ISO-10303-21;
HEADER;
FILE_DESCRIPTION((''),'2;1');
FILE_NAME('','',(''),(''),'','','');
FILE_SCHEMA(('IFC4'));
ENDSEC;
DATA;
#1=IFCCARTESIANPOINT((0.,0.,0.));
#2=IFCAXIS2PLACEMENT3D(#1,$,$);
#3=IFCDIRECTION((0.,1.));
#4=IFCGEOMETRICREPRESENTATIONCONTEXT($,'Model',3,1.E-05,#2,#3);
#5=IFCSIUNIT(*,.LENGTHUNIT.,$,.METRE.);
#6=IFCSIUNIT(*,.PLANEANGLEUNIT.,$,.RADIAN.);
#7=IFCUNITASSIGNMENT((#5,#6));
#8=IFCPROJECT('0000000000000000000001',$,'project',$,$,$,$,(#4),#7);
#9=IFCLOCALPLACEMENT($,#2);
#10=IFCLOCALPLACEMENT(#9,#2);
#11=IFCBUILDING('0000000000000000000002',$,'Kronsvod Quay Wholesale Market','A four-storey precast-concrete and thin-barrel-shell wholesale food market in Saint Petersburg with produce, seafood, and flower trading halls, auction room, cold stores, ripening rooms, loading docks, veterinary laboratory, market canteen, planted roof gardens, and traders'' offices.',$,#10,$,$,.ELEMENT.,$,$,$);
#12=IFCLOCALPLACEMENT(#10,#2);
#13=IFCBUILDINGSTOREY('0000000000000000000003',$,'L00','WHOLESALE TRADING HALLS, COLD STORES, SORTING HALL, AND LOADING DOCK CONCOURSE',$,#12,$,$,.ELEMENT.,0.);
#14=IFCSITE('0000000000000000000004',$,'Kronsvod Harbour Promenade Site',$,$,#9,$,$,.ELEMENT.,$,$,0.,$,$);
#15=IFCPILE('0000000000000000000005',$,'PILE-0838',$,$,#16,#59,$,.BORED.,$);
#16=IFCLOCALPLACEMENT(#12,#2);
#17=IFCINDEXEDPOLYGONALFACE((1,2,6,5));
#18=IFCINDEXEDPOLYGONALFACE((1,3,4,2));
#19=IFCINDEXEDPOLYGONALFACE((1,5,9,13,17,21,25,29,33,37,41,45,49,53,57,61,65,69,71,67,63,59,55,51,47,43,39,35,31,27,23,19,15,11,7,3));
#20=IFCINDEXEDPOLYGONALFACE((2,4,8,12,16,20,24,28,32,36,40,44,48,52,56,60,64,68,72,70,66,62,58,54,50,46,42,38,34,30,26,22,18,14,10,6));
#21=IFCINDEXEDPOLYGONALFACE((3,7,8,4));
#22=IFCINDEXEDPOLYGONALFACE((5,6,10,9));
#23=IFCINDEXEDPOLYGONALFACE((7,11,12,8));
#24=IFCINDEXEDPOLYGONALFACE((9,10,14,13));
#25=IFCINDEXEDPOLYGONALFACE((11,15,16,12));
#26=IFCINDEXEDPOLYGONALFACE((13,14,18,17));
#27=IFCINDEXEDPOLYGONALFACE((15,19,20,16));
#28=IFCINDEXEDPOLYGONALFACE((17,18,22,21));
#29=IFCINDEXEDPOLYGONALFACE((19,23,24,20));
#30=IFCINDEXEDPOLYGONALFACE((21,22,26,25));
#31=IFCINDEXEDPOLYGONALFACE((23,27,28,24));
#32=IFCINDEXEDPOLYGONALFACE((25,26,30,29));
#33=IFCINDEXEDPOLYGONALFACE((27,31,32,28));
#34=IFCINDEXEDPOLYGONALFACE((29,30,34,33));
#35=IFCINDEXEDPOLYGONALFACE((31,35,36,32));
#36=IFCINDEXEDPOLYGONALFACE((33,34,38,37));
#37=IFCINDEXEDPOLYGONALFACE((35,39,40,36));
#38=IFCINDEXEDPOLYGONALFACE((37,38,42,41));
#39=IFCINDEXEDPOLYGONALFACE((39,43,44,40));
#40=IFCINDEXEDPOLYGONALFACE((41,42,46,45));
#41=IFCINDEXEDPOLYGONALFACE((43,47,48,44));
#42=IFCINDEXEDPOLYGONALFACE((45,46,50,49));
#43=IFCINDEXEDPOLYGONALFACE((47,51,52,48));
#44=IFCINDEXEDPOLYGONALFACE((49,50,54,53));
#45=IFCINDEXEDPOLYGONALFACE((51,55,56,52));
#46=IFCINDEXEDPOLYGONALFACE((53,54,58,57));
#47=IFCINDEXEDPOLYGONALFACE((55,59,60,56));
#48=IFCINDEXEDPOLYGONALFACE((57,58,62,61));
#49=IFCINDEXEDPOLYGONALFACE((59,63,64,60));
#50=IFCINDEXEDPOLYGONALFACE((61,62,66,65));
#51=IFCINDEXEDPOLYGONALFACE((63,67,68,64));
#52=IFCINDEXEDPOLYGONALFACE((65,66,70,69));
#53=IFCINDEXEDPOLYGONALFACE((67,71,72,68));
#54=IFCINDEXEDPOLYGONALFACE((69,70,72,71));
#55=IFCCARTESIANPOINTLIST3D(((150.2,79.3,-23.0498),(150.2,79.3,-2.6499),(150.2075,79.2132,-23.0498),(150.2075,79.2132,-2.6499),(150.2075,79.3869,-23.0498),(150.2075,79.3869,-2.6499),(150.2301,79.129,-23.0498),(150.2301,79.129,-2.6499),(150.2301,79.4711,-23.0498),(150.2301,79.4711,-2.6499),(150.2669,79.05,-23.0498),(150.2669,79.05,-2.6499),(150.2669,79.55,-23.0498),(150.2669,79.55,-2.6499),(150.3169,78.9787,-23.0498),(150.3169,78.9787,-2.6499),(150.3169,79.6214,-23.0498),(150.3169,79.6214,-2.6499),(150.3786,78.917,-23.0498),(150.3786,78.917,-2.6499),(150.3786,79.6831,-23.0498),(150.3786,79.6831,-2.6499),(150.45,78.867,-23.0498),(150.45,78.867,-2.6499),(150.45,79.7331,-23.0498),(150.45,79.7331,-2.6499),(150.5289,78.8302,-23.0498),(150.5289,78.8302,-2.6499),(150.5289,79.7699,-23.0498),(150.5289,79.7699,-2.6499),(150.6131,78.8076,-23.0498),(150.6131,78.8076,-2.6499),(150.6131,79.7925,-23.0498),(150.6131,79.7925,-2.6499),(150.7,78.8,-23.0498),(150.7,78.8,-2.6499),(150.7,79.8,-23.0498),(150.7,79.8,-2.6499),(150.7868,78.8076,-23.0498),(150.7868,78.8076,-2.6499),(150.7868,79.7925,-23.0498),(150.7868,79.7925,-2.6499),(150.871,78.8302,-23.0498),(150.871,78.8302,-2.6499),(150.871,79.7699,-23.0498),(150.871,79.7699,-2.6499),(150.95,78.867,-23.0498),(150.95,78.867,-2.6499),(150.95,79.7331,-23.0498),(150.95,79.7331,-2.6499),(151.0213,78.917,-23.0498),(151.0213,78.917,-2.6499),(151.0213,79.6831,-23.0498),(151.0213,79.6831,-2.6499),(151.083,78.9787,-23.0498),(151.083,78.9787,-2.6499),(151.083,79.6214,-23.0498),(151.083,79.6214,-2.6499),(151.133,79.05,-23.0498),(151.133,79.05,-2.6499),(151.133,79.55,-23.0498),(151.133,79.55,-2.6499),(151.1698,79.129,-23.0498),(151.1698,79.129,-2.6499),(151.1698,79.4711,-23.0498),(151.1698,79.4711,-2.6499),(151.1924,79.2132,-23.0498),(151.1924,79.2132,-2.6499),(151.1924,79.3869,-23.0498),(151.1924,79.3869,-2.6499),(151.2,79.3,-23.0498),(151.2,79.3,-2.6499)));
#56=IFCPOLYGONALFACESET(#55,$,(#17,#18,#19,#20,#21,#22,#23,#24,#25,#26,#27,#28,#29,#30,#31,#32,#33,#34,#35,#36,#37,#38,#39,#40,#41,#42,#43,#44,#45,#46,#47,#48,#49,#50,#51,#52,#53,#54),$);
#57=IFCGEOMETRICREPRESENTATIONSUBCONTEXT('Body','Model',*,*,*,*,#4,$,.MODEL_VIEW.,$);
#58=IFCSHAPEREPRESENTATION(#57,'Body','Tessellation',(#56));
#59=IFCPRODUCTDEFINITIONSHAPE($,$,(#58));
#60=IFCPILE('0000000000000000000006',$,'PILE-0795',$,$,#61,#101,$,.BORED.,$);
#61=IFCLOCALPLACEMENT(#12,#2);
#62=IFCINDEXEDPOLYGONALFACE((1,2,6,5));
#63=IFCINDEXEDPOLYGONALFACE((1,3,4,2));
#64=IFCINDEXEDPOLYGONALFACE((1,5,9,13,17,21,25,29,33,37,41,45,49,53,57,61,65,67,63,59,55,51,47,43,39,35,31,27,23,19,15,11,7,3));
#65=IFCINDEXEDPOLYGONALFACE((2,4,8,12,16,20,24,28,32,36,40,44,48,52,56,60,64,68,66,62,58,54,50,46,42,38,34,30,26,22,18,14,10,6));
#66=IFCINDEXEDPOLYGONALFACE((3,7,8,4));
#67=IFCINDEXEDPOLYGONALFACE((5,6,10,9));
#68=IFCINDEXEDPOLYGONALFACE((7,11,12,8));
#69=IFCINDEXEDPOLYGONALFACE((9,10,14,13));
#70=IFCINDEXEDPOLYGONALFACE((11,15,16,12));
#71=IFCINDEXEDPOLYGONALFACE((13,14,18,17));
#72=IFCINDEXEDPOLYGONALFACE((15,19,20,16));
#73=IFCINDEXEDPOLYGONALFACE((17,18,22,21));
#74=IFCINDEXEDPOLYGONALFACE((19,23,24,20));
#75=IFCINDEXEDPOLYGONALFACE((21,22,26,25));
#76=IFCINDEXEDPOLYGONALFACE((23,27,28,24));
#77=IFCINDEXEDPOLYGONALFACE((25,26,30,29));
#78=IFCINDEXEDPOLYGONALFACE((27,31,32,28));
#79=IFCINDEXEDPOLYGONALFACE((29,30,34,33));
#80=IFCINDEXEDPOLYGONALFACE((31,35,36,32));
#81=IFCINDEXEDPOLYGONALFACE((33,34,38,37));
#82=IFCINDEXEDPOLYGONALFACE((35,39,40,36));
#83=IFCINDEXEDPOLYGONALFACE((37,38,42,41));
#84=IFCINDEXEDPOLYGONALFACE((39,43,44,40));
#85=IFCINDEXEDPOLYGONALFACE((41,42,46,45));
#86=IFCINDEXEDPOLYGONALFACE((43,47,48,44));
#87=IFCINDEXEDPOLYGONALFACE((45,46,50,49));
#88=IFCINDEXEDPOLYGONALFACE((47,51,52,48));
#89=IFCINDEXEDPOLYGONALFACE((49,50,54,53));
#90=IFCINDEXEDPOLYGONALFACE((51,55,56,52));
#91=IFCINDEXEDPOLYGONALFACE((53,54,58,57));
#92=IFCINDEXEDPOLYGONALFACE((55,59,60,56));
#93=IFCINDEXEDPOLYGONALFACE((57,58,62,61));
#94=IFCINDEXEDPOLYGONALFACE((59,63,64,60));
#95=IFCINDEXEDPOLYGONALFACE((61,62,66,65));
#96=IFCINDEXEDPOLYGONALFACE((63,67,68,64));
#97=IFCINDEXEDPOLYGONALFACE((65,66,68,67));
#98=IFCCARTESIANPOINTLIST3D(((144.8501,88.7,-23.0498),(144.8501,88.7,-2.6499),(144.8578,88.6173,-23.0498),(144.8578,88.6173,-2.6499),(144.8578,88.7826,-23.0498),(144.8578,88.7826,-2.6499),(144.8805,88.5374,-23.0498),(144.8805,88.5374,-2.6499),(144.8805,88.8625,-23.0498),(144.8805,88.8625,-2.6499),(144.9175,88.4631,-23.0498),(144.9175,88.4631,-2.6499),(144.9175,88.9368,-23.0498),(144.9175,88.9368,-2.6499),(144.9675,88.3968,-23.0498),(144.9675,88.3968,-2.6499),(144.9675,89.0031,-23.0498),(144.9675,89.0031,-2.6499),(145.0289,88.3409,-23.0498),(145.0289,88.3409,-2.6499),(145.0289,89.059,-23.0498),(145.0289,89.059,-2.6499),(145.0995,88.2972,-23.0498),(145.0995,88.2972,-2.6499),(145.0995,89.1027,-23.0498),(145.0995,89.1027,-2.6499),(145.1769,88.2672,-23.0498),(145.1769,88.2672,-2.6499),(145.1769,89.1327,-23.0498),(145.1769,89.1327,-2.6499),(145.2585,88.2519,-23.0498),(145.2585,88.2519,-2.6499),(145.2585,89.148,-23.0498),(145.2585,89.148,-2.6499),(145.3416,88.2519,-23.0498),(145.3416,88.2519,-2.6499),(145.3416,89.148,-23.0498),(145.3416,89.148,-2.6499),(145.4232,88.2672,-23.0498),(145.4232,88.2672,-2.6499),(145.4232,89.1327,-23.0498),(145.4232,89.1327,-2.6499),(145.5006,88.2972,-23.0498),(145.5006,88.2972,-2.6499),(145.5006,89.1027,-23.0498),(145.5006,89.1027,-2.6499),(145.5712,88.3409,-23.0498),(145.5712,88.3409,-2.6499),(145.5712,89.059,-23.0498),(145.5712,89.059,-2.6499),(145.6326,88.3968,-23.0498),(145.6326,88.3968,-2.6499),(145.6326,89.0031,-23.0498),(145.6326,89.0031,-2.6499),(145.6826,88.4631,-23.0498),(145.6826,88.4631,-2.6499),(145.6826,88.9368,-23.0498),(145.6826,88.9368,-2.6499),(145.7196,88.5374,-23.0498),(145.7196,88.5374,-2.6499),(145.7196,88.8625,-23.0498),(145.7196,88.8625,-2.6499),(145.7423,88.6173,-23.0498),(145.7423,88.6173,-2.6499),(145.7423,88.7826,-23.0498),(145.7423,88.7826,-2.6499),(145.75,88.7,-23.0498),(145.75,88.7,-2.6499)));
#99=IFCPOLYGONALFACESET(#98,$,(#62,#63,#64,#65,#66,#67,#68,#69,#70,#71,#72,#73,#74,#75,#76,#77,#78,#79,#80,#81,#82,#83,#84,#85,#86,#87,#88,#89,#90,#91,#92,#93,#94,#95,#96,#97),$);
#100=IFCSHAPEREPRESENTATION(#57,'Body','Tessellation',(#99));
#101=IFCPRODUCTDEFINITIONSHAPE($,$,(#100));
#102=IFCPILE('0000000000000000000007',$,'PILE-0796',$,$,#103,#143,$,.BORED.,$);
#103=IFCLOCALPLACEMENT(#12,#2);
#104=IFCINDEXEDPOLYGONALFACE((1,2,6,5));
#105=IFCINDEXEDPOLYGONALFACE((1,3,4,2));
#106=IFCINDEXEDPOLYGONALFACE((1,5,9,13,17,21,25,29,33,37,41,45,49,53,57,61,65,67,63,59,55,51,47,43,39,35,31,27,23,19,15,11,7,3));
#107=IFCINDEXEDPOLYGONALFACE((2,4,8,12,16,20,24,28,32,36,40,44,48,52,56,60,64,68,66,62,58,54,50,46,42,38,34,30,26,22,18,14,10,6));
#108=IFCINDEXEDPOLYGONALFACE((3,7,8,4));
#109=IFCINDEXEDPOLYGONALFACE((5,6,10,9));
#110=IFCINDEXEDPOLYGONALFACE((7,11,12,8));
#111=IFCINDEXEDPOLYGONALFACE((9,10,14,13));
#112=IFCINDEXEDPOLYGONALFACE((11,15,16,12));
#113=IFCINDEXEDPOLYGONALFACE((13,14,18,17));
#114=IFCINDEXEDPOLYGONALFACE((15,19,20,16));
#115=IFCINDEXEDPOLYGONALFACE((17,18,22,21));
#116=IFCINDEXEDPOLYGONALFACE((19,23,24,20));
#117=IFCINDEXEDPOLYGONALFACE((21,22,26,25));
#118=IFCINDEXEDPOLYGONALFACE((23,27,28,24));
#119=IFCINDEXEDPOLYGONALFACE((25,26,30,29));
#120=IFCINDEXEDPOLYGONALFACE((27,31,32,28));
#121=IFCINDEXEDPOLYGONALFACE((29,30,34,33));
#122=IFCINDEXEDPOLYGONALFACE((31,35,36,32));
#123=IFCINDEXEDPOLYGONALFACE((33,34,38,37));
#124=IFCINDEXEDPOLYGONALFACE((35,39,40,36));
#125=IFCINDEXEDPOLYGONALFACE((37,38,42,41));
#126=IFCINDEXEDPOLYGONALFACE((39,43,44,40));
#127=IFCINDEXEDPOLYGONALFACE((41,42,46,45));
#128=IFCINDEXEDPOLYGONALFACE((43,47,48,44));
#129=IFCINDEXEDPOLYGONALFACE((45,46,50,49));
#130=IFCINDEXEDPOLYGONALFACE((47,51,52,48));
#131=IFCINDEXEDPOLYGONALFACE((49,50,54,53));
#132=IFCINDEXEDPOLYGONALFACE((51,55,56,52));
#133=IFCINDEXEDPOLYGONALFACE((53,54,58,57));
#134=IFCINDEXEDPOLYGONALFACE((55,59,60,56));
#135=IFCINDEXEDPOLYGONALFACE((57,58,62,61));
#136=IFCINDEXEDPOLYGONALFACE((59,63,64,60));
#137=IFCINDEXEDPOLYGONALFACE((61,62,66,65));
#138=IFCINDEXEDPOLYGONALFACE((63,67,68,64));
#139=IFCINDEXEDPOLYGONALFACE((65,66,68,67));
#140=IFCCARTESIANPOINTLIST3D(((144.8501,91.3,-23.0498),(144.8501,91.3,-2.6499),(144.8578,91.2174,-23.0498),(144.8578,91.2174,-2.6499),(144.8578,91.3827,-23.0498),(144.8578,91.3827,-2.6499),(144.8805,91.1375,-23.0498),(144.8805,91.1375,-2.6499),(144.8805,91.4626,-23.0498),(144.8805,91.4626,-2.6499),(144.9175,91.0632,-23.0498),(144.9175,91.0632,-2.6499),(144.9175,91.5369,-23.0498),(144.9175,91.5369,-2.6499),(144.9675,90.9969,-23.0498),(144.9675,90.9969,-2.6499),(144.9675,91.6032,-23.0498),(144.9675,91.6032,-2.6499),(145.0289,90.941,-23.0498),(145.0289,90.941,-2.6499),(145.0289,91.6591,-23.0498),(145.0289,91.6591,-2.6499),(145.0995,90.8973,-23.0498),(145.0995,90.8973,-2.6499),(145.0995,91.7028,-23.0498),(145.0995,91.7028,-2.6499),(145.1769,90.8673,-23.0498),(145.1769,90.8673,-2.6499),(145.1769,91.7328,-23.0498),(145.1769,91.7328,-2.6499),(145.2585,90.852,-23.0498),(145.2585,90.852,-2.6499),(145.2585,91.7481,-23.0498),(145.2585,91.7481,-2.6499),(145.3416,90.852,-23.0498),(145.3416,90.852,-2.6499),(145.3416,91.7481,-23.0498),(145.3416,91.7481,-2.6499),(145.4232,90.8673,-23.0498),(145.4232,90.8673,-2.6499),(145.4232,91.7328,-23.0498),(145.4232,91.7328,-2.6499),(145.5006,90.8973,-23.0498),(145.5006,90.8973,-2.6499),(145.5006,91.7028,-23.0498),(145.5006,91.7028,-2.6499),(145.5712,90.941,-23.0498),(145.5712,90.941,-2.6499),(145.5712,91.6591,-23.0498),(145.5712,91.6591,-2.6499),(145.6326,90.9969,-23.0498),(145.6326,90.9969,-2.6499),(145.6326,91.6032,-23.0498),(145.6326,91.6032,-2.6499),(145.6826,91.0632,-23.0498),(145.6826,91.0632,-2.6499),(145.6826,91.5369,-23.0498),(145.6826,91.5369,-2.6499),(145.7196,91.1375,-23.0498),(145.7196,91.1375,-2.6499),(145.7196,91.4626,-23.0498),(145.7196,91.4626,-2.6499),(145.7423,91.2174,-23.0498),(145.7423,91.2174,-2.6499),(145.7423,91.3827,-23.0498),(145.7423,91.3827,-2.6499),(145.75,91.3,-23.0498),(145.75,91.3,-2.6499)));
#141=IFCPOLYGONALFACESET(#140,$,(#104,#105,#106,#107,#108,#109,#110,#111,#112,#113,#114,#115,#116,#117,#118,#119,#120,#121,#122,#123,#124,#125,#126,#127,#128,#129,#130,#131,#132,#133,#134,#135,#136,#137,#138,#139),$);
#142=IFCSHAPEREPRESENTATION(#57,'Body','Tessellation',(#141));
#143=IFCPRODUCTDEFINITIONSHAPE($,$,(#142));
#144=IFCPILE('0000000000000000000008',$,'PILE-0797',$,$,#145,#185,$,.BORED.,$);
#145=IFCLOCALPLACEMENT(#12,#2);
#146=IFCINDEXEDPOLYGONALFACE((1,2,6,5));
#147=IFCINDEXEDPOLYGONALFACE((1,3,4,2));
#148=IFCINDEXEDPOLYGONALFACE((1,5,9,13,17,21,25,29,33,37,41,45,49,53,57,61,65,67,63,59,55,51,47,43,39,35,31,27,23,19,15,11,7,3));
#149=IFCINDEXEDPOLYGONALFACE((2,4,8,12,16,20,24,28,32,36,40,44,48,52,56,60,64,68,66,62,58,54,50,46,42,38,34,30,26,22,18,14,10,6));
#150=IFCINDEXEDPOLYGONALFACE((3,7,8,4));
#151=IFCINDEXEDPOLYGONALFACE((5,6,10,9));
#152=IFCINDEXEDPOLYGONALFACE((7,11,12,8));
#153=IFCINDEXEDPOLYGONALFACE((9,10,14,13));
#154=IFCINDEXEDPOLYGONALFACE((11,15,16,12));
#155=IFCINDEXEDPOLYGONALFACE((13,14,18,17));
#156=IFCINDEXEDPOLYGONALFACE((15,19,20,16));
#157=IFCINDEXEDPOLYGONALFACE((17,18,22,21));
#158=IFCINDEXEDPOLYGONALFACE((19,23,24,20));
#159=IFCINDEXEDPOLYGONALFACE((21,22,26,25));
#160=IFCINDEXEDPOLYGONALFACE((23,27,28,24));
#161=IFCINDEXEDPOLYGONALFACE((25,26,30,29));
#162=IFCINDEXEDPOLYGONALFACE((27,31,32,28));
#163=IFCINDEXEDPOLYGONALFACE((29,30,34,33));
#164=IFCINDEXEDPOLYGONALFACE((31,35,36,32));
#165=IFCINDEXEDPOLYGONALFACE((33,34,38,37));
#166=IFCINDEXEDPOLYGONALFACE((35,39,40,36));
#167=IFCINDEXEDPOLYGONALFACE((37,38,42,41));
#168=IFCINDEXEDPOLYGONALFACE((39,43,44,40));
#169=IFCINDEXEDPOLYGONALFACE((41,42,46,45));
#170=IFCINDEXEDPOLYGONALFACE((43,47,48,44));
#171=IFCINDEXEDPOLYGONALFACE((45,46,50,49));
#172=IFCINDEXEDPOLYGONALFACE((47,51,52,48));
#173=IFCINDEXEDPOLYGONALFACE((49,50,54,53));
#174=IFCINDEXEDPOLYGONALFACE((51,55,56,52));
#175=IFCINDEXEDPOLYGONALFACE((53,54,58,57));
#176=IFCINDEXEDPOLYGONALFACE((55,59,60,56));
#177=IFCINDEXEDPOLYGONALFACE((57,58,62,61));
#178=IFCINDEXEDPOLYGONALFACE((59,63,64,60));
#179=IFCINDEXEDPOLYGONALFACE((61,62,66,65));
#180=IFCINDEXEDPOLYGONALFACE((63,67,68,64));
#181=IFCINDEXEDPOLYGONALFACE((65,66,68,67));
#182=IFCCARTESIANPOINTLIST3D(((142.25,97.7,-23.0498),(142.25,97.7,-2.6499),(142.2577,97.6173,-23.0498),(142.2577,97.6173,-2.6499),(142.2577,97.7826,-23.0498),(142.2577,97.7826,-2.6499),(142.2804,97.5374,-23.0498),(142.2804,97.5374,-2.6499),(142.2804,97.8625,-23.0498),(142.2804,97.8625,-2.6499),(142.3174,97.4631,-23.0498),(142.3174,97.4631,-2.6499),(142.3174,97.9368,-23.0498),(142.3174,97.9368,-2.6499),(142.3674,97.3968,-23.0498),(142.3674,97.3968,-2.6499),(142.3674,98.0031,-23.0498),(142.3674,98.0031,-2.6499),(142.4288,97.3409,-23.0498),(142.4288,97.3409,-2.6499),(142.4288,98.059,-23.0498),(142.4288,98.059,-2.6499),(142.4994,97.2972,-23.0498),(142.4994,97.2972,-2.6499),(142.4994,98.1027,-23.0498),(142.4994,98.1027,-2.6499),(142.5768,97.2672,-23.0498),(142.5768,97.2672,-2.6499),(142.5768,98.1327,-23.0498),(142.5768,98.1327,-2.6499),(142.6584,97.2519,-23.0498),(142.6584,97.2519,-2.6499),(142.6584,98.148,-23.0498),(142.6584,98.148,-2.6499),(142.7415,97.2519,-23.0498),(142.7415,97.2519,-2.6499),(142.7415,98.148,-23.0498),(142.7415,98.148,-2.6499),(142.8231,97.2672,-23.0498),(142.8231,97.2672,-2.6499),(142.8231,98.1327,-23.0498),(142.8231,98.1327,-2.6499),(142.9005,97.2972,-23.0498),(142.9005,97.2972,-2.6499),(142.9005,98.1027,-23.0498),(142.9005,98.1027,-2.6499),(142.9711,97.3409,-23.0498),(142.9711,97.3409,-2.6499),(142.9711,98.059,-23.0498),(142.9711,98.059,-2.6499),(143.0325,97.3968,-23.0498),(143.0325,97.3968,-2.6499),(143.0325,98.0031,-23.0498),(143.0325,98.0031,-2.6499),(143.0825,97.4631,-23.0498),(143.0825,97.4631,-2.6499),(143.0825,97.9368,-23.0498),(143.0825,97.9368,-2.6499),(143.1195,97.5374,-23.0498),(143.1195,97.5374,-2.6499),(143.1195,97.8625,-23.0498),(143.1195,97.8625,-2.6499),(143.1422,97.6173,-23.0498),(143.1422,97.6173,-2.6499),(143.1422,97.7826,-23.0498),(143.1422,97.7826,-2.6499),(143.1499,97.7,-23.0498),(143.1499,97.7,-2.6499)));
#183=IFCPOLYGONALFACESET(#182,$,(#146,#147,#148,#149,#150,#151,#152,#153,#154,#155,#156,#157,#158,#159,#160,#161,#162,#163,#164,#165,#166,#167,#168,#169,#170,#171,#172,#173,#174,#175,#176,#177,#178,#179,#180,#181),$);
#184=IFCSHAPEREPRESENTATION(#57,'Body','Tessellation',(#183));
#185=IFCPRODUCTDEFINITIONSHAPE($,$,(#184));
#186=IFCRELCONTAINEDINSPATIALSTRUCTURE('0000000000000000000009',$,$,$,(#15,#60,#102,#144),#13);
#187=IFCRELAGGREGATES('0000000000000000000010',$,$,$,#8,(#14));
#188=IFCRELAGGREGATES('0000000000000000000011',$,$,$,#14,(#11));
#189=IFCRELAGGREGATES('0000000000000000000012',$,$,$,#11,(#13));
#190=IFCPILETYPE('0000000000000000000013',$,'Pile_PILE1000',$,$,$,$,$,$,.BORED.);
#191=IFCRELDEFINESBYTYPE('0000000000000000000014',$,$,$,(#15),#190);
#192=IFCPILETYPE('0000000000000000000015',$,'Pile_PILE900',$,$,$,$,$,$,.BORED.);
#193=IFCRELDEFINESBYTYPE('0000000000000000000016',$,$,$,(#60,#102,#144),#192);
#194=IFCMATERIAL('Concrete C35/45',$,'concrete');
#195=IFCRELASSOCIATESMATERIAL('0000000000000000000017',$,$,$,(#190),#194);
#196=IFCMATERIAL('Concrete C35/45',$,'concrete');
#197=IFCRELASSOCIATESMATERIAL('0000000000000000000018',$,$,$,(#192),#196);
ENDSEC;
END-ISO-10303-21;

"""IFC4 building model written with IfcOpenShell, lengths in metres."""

from ifc_helpers import new_model, si_unit, direction, frame, origin, origin_2d, place, context, subcontext, project, spatial, circle, extrude, material, material_profile, profile_set, type_object, element, save


model = new_model("IFC4")

# Units and contexts
model_context = context("Model", 3, precision=1e-05, world=origin(), true_north=direction((0.0, 1.0)))
body_context = subcontext(model_context, "Body", "Model", "MODEL_VIEW")
ifc_project = project(units=[si_unit("LENGTHUNIT", "METRE"), si_unit("PLANEANGLEUNIT", "RADIAN")], contexts=[model_context])

# Site, building, storey
site_placement = place(None, origin())
site = spatial("IfcSite", under=ifc_project, at=site_placement, Name="Kronsvod Harbour Promenade Site", CompositionType="ELEMENT", RefElevation=0.0)
building_placement = place(site_placement, origin())
building = spatial("IfcBuilding", under=site, at=building_placement, Name="Kronsvod Quay Wholesale Market", Description="A four-storey precast-concrete and thin-barrel-shell wholesale food market in Saint Petersburg with produce, seafood, and flower trading halls, auction room, cold stores, ripening rooms, loading docks, veterinary laboratory, market canteen, planted roof gardens, and traders' offices.", CompositionType="ELEMENT")
storey_placement = place(building_placement, origin())
storey = spatial("IfcBuildingStorey", under=building, at=storey_placement, Name="L00", Description="WHOLESALE TRADING HALLS, COLD STORES, SORTING HALL, AND LOADING DOCK CONCOURSE", CompositionType="ELEMENT", Elevation=0.0)

# Piles
ifc_material_1 = material(Name="Concrete C35/45", Category="concrete")
ifc_material_profile_1 = material_profile(ifc_material_1, circle(Radius=0.5, at=origin_2d()), Name="PILE1000")
ifc_profile_set_1 = profile_set([ifc_material_profile_1], Name="Concrete C35/45")
pile_type_1 = type_object("IfcPileType", Name="Pile_PILE1000", PredefinedType="BORED", material=ifc_profile_set_1)
for number, where, z_axis, x_axis, name in (
    (1, (150.7, 79.3, -2.6499), (0.0, 0.0, -1.0), (1.0, 0.0, 0.0), "PILE-0838"),
):
    element("IfcPile", number, at=place(storey_placement, frame(where, z_axis=z_axis, x_axis=x_axis)), inside=storey, type_object=pile_type_1, Name=name, PredefinedType="BORED", context=body_context, shape_type="SweptSolid", body=[
        extrude(circle(Radius=0.5, at=origin_2d()), origin(), (0.0, 0.0, 1.0), 20.3999),
    ])
ifc_material_2 = material(Name="Concrete C35/45", Category="concrete")
ifc_material_profile_2 = material_profile(ifc_material_2, circle(Radius=0.45, at=origin_2d()), Name="PILE900")
ifc_profile_set_2 = profile_set([ifc_material_profile_2], Name="Concrete C35/45")
pile_type_2 = type_object("IfcPileType", Name="Pile_PILE900", PredefinedType="BORED", material=ifc_profile_set_2)
for number, where, z_axis, x_axis, name in (
    (2, (145.3, 88.7, -2.6499), (0.0, 0.0, -1.0), (1.0, 0.0, 0.0), "PILE-0795"),
    (3, (145.3, 91.3, -2.6499), (0.0, 0.0, -1.0), (1.0, 0.0, 0.0), "PILE-0796"),
    (4, (142.7, 97.7, -2.6499), (0.0, 0.0, -1.0), (1.0, 0.0, 0.0), "PILE-0797"),
):
    element("IfcPile", number, at=place(storey_placement, frame(where, z_axis=z_axis, x_axis=x_axis)), inside=storey, type_object=pile_type_2, Name=name, PredefinedType="BORED", context=body_context, shape_type="SweptSolid", body=[
        extrude(circle(Radius=0.45, at=origin_2d()), origin(), (0.0, 0.0, 1.0), 20.3999),
    ])

save(model, "model.ifc")
